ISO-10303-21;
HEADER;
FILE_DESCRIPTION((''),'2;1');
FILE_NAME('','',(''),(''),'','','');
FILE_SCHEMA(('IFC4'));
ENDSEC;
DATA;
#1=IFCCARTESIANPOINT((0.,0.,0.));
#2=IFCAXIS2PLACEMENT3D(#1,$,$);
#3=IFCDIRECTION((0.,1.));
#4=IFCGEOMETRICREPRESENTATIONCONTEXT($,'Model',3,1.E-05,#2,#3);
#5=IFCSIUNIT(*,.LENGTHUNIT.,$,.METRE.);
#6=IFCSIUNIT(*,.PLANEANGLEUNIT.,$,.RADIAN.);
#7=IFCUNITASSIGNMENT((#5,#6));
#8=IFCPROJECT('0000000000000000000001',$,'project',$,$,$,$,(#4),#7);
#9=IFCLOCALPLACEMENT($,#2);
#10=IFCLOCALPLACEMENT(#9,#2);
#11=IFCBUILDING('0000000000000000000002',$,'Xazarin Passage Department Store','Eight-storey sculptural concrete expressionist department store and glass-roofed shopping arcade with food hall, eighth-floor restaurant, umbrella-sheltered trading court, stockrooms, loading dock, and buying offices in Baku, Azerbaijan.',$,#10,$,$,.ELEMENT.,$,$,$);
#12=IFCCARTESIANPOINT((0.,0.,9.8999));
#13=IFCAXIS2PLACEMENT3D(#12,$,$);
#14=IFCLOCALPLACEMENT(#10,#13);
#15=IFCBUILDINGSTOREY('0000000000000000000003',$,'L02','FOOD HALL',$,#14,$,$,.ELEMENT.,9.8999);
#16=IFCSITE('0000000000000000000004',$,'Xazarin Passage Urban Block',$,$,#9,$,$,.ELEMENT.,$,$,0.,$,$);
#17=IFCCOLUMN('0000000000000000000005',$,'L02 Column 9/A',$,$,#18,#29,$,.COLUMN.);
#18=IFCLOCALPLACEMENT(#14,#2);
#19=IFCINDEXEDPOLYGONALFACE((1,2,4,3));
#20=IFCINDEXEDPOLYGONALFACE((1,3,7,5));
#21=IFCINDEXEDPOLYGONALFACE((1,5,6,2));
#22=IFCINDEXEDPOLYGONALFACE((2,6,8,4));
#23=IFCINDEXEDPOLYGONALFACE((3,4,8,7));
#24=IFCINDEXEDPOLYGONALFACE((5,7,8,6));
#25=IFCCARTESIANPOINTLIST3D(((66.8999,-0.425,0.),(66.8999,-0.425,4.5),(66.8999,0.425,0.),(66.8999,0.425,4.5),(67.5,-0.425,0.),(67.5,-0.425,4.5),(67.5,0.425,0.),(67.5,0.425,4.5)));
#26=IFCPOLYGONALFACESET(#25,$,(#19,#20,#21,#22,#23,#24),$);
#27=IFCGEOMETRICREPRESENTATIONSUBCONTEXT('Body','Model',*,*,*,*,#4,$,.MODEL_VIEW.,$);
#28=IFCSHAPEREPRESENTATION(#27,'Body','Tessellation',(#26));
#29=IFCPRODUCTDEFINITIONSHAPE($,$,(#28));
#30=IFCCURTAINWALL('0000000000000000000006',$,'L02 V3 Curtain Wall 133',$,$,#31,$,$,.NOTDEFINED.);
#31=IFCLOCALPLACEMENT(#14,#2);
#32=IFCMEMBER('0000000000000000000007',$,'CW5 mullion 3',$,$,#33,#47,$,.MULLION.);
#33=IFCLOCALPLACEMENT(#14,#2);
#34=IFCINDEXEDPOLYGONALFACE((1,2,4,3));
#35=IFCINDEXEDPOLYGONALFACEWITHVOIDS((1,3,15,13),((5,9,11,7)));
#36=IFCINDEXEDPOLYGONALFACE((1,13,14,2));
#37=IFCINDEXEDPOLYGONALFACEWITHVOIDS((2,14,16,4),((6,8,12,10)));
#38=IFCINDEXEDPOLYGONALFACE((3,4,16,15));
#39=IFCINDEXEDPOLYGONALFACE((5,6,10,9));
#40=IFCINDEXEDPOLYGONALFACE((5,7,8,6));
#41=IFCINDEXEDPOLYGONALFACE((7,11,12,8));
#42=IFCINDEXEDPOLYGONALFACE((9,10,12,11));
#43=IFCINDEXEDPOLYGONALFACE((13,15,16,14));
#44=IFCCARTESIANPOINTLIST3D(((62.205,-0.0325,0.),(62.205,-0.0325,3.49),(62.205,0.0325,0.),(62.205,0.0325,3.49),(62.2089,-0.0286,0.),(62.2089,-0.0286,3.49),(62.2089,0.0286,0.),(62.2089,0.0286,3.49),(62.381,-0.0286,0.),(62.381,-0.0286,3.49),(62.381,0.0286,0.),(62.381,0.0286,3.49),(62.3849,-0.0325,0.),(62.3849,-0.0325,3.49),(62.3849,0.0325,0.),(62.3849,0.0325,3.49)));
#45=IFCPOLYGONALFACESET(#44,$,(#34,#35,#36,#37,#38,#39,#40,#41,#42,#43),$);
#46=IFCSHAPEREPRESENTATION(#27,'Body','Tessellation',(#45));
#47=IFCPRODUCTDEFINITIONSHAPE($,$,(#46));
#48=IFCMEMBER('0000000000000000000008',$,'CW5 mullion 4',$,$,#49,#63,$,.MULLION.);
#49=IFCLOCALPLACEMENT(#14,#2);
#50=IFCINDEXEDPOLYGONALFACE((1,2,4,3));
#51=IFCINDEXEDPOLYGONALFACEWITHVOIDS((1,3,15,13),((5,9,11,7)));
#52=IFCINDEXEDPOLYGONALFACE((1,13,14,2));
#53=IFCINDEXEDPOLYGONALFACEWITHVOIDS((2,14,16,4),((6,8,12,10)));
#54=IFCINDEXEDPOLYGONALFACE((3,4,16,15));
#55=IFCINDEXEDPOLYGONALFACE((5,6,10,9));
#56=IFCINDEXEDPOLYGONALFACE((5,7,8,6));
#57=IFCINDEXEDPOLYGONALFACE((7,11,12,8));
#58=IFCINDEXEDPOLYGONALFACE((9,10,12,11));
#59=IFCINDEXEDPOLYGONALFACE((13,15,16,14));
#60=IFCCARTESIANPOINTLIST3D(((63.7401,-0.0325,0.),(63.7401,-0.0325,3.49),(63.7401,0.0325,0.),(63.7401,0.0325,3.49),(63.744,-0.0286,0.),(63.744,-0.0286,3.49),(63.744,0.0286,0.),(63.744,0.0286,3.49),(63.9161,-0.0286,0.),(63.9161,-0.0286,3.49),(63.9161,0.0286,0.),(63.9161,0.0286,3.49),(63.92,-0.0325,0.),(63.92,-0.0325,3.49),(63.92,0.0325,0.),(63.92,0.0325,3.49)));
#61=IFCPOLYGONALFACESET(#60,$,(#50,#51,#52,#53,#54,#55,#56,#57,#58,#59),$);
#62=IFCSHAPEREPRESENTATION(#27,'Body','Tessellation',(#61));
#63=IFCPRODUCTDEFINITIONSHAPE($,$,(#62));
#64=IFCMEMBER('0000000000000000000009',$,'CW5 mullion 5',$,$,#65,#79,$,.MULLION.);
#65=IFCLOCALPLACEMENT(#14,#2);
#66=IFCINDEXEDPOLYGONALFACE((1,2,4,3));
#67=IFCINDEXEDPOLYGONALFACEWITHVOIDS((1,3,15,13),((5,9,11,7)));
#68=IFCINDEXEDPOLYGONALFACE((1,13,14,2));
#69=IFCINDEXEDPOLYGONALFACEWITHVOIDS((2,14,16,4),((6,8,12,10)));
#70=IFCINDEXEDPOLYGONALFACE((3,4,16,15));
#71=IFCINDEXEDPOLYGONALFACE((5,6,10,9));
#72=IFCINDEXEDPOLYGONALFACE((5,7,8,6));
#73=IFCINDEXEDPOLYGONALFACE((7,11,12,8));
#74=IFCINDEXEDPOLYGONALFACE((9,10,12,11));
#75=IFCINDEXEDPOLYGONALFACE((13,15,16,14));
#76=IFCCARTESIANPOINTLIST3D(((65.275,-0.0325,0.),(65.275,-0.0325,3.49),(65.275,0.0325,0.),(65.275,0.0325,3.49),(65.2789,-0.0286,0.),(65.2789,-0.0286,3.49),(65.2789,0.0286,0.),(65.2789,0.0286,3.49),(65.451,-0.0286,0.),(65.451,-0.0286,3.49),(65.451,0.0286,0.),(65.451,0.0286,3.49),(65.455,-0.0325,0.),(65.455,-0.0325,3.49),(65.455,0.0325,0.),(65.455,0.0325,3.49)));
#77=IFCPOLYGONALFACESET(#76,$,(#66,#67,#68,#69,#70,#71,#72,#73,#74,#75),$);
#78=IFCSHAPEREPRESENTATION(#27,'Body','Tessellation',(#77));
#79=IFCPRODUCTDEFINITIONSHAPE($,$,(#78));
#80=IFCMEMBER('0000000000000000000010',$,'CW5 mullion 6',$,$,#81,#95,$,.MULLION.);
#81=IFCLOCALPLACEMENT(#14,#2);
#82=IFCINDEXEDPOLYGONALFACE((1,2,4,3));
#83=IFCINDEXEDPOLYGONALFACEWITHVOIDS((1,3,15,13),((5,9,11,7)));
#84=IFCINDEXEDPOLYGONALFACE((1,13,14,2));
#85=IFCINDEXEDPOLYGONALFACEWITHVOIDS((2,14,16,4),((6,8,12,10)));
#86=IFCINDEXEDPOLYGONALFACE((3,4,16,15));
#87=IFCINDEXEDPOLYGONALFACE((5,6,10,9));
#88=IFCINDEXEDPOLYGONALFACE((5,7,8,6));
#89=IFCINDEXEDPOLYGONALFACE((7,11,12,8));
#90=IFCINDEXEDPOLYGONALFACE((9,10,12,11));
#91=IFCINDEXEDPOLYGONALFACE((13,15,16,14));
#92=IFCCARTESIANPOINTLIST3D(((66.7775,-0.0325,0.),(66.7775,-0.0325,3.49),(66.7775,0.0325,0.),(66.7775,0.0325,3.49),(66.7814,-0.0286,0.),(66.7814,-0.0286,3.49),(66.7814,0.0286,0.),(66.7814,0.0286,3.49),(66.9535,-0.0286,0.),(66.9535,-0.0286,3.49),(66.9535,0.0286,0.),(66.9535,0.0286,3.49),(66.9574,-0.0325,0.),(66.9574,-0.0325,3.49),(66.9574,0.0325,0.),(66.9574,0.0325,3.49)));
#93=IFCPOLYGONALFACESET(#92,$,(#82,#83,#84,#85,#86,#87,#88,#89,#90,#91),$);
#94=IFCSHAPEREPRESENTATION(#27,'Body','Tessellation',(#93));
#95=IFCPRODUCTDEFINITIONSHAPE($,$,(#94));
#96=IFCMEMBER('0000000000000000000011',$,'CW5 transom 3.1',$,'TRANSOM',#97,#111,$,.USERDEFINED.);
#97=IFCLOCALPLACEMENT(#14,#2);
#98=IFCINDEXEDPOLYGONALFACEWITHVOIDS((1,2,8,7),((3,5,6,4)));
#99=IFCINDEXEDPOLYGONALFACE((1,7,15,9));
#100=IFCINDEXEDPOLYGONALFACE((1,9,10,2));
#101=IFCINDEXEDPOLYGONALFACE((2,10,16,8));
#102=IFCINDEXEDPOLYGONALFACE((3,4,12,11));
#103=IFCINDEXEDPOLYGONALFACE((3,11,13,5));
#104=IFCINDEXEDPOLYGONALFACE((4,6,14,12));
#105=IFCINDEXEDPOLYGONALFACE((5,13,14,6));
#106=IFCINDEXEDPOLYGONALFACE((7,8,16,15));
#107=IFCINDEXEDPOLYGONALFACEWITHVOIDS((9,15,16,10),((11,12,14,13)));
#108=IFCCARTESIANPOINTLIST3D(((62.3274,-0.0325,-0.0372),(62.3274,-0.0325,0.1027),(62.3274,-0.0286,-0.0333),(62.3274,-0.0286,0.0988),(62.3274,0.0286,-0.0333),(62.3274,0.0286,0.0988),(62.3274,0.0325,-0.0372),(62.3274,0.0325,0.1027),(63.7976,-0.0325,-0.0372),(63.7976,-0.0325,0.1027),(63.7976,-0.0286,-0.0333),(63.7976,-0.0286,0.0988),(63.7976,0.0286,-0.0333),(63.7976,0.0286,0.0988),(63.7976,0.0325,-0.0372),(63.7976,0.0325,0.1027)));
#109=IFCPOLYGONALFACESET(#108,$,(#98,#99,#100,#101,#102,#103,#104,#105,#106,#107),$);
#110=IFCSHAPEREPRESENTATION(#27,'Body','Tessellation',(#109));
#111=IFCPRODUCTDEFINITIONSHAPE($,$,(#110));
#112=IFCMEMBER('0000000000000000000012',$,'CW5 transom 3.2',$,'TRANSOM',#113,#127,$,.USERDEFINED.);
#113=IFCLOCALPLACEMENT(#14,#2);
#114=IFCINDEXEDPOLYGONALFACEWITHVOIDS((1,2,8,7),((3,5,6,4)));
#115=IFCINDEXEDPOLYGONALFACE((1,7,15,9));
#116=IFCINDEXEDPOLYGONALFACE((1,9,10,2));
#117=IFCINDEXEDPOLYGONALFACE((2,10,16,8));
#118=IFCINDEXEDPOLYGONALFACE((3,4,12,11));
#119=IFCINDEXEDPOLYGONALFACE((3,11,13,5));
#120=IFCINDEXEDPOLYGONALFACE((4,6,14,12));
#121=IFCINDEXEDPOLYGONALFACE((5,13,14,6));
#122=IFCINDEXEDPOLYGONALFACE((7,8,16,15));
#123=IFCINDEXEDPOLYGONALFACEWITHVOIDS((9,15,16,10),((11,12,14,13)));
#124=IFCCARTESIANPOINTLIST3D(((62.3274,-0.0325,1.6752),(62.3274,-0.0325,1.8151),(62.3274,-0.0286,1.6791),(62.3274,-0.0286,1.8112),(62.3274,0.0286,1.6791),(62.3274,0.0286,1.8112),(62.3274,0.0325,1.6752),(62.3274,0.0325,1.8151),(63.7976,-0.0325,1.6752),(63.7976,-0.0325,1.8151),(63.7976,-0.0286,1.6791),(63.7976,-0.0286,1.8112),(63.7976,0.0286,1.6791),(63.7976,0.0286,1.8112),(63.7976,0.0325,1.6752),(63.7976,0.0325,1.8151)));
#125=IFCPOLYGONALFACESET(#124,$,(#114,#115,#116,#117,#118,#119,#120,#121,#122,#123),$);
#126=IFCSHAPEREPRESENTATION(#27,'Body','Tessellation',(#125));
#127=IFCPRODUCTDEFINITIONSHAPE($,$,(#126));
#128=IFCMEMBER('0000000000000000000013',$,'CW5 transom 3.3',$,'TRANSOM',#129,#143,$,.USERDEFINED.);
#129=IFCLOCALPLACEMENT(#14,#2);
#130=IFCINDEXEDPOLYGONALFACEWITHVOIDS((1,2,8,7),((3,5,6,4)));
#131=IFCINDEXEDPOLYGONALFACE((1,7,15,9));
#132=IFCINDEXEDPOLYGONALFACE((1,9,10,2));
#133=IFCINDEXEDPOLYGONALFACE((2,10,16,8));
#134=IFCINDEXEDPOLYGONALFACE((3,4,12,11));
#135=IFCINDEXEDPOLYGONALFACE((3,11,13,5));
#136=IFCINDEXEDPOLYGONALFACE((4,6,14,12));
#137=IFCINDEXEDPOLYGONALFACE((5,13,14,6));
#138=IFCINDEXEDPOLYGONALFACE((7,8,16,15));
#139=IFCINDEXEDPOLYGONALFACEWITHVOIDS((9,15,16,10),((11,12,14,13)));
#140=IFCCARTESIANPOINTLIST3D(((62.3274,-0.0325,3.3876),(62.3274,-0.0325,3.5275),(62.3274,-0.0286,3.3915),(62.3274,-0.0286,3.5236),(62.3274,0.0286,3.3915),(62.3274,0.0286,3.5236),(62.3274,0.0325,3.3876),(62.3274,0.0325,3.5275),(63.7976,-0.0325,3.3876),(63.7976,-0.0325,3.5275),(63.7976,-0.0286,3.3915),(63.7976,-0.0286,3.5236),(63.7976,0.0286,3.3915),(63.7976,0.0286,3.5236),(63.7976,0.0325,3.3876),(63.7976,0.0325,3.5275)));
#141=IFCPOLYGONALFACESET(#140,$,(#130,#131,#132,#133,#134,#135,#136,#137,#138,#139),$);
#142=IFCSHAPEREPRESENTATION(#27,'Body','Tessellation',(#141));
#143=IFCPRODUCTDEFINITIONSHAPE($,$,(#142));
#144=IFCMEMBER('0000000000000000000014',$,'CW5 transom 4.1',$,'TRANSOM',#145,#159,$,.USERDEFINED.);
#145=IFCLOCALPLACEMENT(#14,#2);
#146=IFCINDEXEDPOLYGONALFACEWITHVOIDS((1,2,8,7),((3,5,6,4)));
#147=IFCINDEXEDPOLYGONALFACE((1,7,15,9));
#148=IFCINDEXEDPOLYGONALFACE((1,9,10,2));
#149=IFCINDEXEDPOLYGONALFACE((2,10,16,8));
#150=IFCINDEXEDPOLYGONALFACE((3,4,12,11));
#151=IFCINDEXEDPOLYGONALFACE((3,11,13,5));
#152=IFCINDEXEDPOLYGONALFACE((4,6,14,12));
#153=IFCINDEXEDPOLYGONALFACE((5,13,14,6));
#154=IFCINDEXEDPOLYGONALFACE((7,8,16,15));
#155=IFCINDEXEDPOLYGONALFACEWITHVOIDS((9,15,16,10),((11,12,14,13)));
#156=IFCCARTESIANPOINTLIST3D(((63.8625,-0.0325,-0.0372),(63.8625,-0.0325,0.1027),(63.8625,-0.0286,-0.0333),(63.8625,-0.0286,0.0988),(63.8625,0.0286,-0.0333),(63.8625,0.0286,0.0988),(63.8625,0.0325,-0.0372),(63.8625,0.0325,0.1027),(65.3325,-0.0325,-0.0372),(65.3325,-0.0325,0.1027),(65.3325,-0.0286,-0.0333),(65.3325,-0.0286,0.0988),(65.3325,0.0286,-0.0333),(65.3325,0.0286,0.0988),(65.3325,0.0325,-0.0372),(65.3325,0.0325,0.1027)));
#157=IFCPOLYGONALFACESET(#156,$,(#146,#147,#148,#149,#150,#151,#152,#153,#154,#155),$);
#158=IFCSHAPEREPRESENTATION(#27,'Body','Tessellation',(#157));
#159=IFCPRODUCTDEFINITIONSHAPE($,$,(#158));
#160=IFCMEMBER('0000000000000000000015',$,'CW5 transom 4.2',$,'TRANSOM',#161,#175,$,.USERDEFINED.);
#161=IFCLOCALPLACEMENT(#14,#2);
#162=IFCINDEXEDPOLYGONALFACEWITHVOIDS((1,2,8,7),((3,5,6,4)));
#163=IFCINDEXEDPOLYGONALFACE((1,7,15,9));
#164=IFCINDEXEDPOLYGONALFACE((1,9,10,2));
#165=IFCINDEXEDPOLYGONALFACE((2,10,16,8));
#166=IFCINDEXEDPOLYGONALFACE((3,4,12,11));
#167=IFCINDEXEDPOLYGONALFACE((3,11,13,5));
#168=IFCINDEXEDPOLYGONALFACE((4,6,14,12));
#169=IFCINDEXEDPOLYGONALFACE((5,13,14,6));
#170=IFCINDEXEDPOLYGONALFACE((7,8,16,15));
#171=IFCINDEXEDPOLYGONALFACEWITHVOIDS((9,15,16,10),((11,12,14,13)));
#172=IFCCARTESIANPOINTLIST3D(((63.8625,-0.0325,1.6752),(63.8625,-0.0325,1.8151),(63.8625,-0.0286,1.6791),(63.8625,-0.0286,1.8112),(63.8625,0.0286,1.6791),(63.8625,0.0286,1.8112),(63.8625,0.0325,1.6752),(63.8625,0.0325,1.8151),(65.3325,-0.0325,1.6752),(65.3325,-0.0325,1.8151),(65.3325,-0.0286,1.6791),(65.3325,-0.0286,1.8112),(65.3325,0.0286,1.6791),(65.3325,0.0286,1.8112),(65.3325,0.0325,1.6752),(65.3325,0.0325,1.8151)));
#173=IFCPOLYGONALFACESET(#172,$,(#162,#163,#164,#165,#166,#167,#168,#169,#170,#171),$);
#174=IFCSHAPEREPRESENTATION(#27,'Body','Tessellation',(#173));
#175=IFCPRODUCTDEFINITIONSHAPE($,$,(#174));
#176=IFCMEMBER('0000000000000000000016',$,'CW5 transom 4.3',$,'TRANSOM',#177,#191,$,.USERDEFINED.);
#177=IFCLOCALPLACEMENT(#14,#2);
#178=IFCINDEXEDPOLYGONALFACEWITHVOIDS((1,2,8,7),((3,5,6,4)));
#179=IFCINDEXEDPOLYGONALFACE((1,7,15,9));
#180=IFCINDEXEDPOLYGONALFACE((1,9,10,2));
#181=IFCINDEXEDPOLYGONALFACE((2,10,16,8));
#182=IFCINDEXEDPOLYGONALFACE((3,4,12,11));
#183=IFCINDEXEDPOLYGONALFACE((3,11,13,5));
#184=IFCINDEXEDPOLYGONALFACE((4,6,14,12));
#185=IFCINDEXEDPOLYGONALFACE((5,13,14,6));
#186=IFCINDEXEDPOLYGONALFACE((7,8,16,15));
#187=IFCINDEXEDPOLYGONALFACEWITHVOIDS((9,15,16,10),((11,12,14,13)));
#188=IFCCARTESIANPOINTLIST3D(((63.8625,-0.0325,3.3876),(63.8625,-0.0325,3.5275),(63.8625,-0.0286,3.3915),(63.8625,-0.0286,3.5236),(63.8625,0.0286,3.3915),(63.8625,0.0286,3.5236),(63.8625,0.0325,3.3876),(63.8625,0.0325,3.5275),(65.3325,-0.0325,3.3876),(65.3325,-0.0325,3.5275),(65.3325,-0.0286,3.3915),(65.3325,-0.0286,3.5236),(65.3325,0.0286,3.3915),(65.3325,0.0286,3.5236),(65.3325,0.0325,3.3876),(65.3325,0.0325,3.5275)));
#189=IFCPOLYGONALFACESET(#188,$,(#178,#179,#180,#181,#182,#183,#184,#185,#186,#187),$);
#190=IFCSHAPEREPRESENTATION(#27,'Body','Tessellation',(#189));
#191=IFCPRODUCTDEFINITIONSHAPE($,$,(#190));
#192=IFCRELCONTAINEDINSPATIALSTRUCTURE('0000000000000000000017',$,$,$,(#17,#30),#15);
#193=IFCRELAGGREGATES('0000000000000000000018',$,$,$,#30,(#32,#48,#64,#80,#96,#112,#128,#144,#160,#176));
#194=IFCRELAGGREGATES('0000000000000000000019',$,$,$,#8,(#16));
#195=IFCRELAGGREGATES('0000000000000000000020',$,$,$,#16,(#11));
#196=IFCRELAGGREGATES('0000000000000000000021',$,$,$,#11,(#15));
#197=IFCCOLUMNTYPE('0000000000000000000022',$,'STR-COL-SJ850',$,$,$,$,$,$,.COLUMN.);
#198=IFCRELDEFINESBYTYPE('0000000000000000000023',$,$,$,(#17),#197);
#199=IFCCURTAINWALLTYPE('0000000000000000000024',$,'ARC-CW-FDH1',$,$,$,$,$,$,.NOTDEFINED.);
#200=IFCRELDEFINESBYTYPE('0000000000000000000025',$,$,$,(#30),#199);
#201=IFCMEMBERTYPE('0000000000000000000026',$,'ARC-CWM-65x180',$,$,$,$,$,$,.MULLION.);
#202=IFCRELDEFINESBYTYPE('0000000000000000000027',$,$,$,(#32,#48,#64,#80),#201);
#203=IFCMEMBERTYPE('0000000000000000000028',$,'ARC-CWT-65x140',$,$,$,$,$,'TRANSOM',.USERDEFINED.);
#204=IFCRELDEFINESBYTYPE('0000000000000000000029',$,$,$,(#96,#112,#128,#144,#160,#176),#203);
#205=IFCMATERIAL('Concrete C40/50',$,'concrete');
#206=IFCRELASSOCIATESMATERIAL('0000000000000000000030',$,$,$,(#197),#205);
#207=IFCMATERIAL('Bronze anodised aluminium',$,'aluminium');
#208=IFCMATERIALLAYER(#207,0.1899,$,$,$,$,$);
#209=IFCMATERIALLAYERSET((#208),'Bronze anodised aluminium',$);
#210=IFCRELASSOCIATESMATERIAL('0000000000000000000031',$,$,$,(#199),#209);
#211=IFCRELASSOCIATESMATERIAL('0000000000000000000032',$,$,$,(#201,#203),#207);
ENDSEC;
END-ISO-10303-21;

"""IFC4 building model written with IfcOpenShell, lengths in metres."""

from ifc_helpers import new_model, si_unit, direction, frame, origin, origin_2d, place, context, subcontext, project, spatial, rectangle, hollow_rectangle, extrude, material, layer, layer_set, material_profile, profile_set, type_object, element, aggregate, save


model = new_model("IFC4")

# Units and contexts
model_context = context("Model", 3, precision=1e-05, world=origin(), true_north=direction((0.0, 1.0)))
body_context = subcontext(model_context, "Body", "Model", "MODEL_VIEW")
ifc_project = project(units=[si_unit("LENGTHUNIT", "METRE"), si_unit("PLANEANGLEUNIT", "RADIAN")], contexts=[model_context])

# Site, building, storey
site_placement = place(None, origin())
site = spatial("IfcSite", under=ifc_project, at=site_placement, Name="Xazarin Passage Urban Block", CompositionType="ELEMENT", RefElevation=0.0)
building_placement = place(site_placement, origin())
building = spatial("IfcBuilding", under=site, at=building_placement, Name="Xazarin Passage Department Store", Description="Eight-storey sculptural concrete expressionist department store and glass-roofed shopping arcade with food hall, eighth-floor restaurant, umbrella-sheltered trading court, stockrooms, loading dock, and buying offices in Baku, Azerbaijan.", CompositionType="ELEMENT")
storey_placement = place(building_placement, frame((0.0, 0.0, 9.8999)))
storey = spatial("IfcBuildingStorey", under=building, at=storey_placement, Name="L02", Description="FOOD HALL", CompositionType="ELEMENT", Elevation=9.8999)

# Column
ifc_material_1 = material(Name="Concrete C40/50", Category="concrete")
ifc_material_profile_1 = material_profile(ifc_material_1, rectangle(XDim=0.6001, YDim=0.8501, at=origin_2d()), Name="RC 600x850")
ifc_profile_set_1 = profile_set([ifc_material_profile_1], Name="Concrete C40/50")
column_type = type_object("IfcColumnType", Name="STR-COL-SJ850", PredefinedType="COLUMN", material=ifc_profile_set_1)
column_placement = place(storey_placement, frame((67.2, 0.0, 0.0), z_axis=(0.0, 0.0, 1.0), x_axis=(1.0, 0.0, 0.0)))
element("IfcColumn", 1, at=column_placement, inside=storey, type_object=column_type, Name="L02 Column 9/A", PredefinedType="COLUMN", context=body_context, shape_type="SweptSolid", body=[
    extrude(rectangle(XDim=0.6001, YDim=0.8501, at=origin_2d()), origin(), (0.0, 0.0, 1.0), 4.5),
])

# Curtain wall, members
ifc_material_2 = material(Name="Bronze anodised aluminium", Category="aluminium")
ifc_layer_1 = layer(ifc_material_2, 0.1899)
ifc_layer_set_1 = layer_set([ifc_layer_1], Name="Bronze anodised aluminium")
curtain_wall_type = type_object("IfcCurtainWallType", Name="ARC-CW-FDH1", PredefinedType="NOTDEFINED", material=ifc_layer_set_1)
curtain_wall_placement = place(storey_placement, origin())
curtain_wall = element("IfcCurtainWall", 2, at=curtain_wall_placement, inside=storey, type_object=curtain_wall_type, Name="L02 V3 Curtain Wall 133", PredefinedType="NOTDEFINED")
ifc_material_profile_2 = material_profile(ifc_material_2, hollow_rectangle(XDim=0.0649, YDim=0.1799, WallThickness=0.0039, at=origin_2d()), Name="ALU 65x180")
ifc_profile_set_2 = profile_set([ifc_material_profile_2], Name="Bronze anodised aluminium")
member_type_1 = type_object("IfcMemberType", Name="ARC-CWM-65x180", PredefinedType="MULLION", material=ifc_profile_set_2)
member_1_placement = place(storey_placement, frame((62.2949, 0.0, 0.0), z_axis=(0.0, 0.0, 1.0), x_axis=(0.0, 1.0, 0.0)))
member_1 = element("IfcMember", 3, at=member_1_placement, type_object=member_type_1, Name="CW5 mullion 3", PredefinedType="MULLION", context=body_context, shape_type="SweptSolid", body=[
    extrude(hollow_rectangle(XDim=0.0649, YDim=0.1799, WallThickness=0.0039, at=origin_2d()), origin(), (0.0, 0.0, 1.0), 3.49),
])
member_2_placement = place(storey_placement, frame((63.8301, 0.0, 0.0), z_axis=(0.0, 0.0, 1.0), x_axis=(0.0, 1.0, 0.0)))
member_2 = element("IfcMember", 4, at=member_2_placement, type_object=member_type_1, Name="CW5 mullion 4", PredefinedType="MULLION", context=body_context, shape_type="SweptSolid", body=[
    extrude(hollow_rectangle(XDim=0.0649, YDim=0.1799, WallThickness=0.0039, at=origin_2d()), origin(), (0.0, 0.0, 1.0), 3.49),
])
member_3_placement = place(storey_placement, frame((65.365, 0.0, 0.0), z_axis=(0.0, 0.0, 1.0), x_axis=(0.0, 1.0, 0.0)))
member_3 = element("IfcMember", 5, at=member_3_placement, type_object=member_type_1, Name="CW5 mullion 5", PredefinedType="MULLION", context=body_context, shape_type="SweptSolid", body=[
    extrude(hollow_rectangle(XDim=0.0649, YDim=0.1799, WallThickness=0.0039, at=origin_2d()), origin(), (0.0, 0.0, 1.0), 3.49),
])
member_4_placement = place(storey_placement, frame((66.8674, 0.0, 0.0), z_axis=(0.0, 0.0, 1.0), x_axis=(0.0, 1.0, 0.0)))
member_4 = element("IfcMember", 6, at=member_4_placement, type_object=member_type_1, Name="CW5 mullion 6", PredefinedType="MULLION", context=body_context, shape_type="SweptSolid", body=[
    extrude(hollow_rectangle(XDim=0.0649, YDim=0.1799, WallThickness=0.0039, at=origin_2d()), origin(), (0.0, 0.0, 1.0), 3.49),
])
ifc_material_profile_3 = material_profile(ifc_material_2, hollow_rectangle(XDim=0.0649, YDim=0.1399, WallThickness=0.0039, at=origin_2d()), Name="ALU 65x140")
ifc_profile_set_3 = profile_set([ifc_material_profile_3], Name="Bronze anodised aluminium")
member_type_2 = type_object("IfcMemberType", Name="ARC-CWT-65x140", ElementType="TRANSOM", PredefinedType="USERDEFINED", material=ifc_profile_set_3)
member_5_placement = place(storey_placement, frame((62.3274, 0.0, 0.0327), z_axis=(1.0, 0.0, 0.0), x_axis=(0.0, 1.0, 0.0)))
member_5 = element("IfcMember", 7, at=member_5_placement, type_object=member_type_2, Name="CW5 transom 3.1", ObjectType="TRANSOM", PredefinedType="USERDEFINED", context=body_context, shape_type="SweptSolid", body=[
    extrude(hollow_rectangle(XDim=0.0649, YDim=0.1399, WallThickness=0.0039, at=origin_2d()), origin(), (0.0, 0.0, 1.0), 1.4702),
])
member_6_placement = place(storey_placement, frame((62.3274, 0.0, 1.7451), z_axis=(1.0, 0.0, 0.0), x_axis=(0.0, 1.0, 0.0)))
member_6 = element("IfcMember", 8, at=member_6_placement, type_object=member_type_2, Name="CW5 transom 3.2", ObjectType="TRANSOM", PredefinedType="USERDEFINED", context=body_context, shape_type="SweptSolid", body=[
    extrude(hollow_rectangle(XDim=0.0649, YDim=0.1399, WallThickness=0.0039, at=origin_2d()), origin(), (0.0, 0.0, 1.0), 1.4702),
])
member_7_placement = place(storey_placement, frame((62.3274, 0.0, 3.4575), z_axis=(1.0, 0.0, 0.0), x_axis=(0.0, 1.0, 0.0)))
member_7 = element("IfcMember", 9, at=member_7_placement, type_object=member_type_2, Name="CW5 transom 3.3", ObjectType="TRANSOM", PredefinedType="USERDEFINED", context=body_context, shape_type="SweptSolid", body=[
    extrude(hollow_rectangle(XDim=0.0649, YDim=0.1399, WallThickness=0.0039, at=origin_2d()), origin(), (0.0, 0.0, 1.0), 1.4702),
])
member_8_placement = place(storey_placement, frame((63.8625, 0.0, 0.0327), z_axis=(1.0, 0.0, 0.0), x_axis=(0.0, 1.0, 0.0)))
member_8 = element("IfcMember", 10, at=member_8_placement, type_object=member_type_2, Name="CW5 transom 4.1", ObjectType="TRANSOM", PredefinedType="USERDEFINED", context=body_context, shape_type="SweptSolid", body=[
    extrude(hollow_rectangle(XDim=0.0649, YDim=0.1399, WallThickness=0.0039, at=origin_2d()), origin(), (0.0, 0.0, 1.0), 1.47),
])
member_9_placement = place(storey_placement, frame((63.8625, 0.0, 1.7451), z_axis=(1.0, 0.0, 0.0), x_axis=(0.0, 1.0, 0.0)))
member_9 = element("IfcMember", 11, at=member_9_placement, type_object=member_type_2, Name="CW5 transom 4.2", ObjectType="TRANSOM", PredefinedType="USERDEFINED", context=body_context, shape_type="SweptSolid", body=[
    extrude(hollow_rectangle(XDim=0.0649, YDim=0.1399, WallThickness=0.0039, at=origin_2d()), origin(), (0.0, 0.0, 1.0), 1.47),
])
member_10_placement = place(storey_placement, frame((63.8625, 0.0, 3.4575), z_axis=(1.0, 0.0, 0.0), x_axis=(0.0, 1.0, 0.0)))
member_10 = element("IfcMember", 12, at=member_10_placement, type_object=member_type_2, Name="CW5 transom 4.3", ObjectType="TRANSOM", PredefinedType="USERDEFINED", context=body_context, shape_type="SweptSolid", body=[
    extrude(hollow_rectangle(XDim=0.0649, YDim=0.1399, WallThickness=0.0039, at=origin_2d()), origin(), (0.0, 0.0, 1.0), 1.47),
])
aggregate(curtain_wall, [member_1, member_2, member_3, member_4, member_5, member_6, member_7, member_8, member_9, member_10])

save(model, "model.ifc")
